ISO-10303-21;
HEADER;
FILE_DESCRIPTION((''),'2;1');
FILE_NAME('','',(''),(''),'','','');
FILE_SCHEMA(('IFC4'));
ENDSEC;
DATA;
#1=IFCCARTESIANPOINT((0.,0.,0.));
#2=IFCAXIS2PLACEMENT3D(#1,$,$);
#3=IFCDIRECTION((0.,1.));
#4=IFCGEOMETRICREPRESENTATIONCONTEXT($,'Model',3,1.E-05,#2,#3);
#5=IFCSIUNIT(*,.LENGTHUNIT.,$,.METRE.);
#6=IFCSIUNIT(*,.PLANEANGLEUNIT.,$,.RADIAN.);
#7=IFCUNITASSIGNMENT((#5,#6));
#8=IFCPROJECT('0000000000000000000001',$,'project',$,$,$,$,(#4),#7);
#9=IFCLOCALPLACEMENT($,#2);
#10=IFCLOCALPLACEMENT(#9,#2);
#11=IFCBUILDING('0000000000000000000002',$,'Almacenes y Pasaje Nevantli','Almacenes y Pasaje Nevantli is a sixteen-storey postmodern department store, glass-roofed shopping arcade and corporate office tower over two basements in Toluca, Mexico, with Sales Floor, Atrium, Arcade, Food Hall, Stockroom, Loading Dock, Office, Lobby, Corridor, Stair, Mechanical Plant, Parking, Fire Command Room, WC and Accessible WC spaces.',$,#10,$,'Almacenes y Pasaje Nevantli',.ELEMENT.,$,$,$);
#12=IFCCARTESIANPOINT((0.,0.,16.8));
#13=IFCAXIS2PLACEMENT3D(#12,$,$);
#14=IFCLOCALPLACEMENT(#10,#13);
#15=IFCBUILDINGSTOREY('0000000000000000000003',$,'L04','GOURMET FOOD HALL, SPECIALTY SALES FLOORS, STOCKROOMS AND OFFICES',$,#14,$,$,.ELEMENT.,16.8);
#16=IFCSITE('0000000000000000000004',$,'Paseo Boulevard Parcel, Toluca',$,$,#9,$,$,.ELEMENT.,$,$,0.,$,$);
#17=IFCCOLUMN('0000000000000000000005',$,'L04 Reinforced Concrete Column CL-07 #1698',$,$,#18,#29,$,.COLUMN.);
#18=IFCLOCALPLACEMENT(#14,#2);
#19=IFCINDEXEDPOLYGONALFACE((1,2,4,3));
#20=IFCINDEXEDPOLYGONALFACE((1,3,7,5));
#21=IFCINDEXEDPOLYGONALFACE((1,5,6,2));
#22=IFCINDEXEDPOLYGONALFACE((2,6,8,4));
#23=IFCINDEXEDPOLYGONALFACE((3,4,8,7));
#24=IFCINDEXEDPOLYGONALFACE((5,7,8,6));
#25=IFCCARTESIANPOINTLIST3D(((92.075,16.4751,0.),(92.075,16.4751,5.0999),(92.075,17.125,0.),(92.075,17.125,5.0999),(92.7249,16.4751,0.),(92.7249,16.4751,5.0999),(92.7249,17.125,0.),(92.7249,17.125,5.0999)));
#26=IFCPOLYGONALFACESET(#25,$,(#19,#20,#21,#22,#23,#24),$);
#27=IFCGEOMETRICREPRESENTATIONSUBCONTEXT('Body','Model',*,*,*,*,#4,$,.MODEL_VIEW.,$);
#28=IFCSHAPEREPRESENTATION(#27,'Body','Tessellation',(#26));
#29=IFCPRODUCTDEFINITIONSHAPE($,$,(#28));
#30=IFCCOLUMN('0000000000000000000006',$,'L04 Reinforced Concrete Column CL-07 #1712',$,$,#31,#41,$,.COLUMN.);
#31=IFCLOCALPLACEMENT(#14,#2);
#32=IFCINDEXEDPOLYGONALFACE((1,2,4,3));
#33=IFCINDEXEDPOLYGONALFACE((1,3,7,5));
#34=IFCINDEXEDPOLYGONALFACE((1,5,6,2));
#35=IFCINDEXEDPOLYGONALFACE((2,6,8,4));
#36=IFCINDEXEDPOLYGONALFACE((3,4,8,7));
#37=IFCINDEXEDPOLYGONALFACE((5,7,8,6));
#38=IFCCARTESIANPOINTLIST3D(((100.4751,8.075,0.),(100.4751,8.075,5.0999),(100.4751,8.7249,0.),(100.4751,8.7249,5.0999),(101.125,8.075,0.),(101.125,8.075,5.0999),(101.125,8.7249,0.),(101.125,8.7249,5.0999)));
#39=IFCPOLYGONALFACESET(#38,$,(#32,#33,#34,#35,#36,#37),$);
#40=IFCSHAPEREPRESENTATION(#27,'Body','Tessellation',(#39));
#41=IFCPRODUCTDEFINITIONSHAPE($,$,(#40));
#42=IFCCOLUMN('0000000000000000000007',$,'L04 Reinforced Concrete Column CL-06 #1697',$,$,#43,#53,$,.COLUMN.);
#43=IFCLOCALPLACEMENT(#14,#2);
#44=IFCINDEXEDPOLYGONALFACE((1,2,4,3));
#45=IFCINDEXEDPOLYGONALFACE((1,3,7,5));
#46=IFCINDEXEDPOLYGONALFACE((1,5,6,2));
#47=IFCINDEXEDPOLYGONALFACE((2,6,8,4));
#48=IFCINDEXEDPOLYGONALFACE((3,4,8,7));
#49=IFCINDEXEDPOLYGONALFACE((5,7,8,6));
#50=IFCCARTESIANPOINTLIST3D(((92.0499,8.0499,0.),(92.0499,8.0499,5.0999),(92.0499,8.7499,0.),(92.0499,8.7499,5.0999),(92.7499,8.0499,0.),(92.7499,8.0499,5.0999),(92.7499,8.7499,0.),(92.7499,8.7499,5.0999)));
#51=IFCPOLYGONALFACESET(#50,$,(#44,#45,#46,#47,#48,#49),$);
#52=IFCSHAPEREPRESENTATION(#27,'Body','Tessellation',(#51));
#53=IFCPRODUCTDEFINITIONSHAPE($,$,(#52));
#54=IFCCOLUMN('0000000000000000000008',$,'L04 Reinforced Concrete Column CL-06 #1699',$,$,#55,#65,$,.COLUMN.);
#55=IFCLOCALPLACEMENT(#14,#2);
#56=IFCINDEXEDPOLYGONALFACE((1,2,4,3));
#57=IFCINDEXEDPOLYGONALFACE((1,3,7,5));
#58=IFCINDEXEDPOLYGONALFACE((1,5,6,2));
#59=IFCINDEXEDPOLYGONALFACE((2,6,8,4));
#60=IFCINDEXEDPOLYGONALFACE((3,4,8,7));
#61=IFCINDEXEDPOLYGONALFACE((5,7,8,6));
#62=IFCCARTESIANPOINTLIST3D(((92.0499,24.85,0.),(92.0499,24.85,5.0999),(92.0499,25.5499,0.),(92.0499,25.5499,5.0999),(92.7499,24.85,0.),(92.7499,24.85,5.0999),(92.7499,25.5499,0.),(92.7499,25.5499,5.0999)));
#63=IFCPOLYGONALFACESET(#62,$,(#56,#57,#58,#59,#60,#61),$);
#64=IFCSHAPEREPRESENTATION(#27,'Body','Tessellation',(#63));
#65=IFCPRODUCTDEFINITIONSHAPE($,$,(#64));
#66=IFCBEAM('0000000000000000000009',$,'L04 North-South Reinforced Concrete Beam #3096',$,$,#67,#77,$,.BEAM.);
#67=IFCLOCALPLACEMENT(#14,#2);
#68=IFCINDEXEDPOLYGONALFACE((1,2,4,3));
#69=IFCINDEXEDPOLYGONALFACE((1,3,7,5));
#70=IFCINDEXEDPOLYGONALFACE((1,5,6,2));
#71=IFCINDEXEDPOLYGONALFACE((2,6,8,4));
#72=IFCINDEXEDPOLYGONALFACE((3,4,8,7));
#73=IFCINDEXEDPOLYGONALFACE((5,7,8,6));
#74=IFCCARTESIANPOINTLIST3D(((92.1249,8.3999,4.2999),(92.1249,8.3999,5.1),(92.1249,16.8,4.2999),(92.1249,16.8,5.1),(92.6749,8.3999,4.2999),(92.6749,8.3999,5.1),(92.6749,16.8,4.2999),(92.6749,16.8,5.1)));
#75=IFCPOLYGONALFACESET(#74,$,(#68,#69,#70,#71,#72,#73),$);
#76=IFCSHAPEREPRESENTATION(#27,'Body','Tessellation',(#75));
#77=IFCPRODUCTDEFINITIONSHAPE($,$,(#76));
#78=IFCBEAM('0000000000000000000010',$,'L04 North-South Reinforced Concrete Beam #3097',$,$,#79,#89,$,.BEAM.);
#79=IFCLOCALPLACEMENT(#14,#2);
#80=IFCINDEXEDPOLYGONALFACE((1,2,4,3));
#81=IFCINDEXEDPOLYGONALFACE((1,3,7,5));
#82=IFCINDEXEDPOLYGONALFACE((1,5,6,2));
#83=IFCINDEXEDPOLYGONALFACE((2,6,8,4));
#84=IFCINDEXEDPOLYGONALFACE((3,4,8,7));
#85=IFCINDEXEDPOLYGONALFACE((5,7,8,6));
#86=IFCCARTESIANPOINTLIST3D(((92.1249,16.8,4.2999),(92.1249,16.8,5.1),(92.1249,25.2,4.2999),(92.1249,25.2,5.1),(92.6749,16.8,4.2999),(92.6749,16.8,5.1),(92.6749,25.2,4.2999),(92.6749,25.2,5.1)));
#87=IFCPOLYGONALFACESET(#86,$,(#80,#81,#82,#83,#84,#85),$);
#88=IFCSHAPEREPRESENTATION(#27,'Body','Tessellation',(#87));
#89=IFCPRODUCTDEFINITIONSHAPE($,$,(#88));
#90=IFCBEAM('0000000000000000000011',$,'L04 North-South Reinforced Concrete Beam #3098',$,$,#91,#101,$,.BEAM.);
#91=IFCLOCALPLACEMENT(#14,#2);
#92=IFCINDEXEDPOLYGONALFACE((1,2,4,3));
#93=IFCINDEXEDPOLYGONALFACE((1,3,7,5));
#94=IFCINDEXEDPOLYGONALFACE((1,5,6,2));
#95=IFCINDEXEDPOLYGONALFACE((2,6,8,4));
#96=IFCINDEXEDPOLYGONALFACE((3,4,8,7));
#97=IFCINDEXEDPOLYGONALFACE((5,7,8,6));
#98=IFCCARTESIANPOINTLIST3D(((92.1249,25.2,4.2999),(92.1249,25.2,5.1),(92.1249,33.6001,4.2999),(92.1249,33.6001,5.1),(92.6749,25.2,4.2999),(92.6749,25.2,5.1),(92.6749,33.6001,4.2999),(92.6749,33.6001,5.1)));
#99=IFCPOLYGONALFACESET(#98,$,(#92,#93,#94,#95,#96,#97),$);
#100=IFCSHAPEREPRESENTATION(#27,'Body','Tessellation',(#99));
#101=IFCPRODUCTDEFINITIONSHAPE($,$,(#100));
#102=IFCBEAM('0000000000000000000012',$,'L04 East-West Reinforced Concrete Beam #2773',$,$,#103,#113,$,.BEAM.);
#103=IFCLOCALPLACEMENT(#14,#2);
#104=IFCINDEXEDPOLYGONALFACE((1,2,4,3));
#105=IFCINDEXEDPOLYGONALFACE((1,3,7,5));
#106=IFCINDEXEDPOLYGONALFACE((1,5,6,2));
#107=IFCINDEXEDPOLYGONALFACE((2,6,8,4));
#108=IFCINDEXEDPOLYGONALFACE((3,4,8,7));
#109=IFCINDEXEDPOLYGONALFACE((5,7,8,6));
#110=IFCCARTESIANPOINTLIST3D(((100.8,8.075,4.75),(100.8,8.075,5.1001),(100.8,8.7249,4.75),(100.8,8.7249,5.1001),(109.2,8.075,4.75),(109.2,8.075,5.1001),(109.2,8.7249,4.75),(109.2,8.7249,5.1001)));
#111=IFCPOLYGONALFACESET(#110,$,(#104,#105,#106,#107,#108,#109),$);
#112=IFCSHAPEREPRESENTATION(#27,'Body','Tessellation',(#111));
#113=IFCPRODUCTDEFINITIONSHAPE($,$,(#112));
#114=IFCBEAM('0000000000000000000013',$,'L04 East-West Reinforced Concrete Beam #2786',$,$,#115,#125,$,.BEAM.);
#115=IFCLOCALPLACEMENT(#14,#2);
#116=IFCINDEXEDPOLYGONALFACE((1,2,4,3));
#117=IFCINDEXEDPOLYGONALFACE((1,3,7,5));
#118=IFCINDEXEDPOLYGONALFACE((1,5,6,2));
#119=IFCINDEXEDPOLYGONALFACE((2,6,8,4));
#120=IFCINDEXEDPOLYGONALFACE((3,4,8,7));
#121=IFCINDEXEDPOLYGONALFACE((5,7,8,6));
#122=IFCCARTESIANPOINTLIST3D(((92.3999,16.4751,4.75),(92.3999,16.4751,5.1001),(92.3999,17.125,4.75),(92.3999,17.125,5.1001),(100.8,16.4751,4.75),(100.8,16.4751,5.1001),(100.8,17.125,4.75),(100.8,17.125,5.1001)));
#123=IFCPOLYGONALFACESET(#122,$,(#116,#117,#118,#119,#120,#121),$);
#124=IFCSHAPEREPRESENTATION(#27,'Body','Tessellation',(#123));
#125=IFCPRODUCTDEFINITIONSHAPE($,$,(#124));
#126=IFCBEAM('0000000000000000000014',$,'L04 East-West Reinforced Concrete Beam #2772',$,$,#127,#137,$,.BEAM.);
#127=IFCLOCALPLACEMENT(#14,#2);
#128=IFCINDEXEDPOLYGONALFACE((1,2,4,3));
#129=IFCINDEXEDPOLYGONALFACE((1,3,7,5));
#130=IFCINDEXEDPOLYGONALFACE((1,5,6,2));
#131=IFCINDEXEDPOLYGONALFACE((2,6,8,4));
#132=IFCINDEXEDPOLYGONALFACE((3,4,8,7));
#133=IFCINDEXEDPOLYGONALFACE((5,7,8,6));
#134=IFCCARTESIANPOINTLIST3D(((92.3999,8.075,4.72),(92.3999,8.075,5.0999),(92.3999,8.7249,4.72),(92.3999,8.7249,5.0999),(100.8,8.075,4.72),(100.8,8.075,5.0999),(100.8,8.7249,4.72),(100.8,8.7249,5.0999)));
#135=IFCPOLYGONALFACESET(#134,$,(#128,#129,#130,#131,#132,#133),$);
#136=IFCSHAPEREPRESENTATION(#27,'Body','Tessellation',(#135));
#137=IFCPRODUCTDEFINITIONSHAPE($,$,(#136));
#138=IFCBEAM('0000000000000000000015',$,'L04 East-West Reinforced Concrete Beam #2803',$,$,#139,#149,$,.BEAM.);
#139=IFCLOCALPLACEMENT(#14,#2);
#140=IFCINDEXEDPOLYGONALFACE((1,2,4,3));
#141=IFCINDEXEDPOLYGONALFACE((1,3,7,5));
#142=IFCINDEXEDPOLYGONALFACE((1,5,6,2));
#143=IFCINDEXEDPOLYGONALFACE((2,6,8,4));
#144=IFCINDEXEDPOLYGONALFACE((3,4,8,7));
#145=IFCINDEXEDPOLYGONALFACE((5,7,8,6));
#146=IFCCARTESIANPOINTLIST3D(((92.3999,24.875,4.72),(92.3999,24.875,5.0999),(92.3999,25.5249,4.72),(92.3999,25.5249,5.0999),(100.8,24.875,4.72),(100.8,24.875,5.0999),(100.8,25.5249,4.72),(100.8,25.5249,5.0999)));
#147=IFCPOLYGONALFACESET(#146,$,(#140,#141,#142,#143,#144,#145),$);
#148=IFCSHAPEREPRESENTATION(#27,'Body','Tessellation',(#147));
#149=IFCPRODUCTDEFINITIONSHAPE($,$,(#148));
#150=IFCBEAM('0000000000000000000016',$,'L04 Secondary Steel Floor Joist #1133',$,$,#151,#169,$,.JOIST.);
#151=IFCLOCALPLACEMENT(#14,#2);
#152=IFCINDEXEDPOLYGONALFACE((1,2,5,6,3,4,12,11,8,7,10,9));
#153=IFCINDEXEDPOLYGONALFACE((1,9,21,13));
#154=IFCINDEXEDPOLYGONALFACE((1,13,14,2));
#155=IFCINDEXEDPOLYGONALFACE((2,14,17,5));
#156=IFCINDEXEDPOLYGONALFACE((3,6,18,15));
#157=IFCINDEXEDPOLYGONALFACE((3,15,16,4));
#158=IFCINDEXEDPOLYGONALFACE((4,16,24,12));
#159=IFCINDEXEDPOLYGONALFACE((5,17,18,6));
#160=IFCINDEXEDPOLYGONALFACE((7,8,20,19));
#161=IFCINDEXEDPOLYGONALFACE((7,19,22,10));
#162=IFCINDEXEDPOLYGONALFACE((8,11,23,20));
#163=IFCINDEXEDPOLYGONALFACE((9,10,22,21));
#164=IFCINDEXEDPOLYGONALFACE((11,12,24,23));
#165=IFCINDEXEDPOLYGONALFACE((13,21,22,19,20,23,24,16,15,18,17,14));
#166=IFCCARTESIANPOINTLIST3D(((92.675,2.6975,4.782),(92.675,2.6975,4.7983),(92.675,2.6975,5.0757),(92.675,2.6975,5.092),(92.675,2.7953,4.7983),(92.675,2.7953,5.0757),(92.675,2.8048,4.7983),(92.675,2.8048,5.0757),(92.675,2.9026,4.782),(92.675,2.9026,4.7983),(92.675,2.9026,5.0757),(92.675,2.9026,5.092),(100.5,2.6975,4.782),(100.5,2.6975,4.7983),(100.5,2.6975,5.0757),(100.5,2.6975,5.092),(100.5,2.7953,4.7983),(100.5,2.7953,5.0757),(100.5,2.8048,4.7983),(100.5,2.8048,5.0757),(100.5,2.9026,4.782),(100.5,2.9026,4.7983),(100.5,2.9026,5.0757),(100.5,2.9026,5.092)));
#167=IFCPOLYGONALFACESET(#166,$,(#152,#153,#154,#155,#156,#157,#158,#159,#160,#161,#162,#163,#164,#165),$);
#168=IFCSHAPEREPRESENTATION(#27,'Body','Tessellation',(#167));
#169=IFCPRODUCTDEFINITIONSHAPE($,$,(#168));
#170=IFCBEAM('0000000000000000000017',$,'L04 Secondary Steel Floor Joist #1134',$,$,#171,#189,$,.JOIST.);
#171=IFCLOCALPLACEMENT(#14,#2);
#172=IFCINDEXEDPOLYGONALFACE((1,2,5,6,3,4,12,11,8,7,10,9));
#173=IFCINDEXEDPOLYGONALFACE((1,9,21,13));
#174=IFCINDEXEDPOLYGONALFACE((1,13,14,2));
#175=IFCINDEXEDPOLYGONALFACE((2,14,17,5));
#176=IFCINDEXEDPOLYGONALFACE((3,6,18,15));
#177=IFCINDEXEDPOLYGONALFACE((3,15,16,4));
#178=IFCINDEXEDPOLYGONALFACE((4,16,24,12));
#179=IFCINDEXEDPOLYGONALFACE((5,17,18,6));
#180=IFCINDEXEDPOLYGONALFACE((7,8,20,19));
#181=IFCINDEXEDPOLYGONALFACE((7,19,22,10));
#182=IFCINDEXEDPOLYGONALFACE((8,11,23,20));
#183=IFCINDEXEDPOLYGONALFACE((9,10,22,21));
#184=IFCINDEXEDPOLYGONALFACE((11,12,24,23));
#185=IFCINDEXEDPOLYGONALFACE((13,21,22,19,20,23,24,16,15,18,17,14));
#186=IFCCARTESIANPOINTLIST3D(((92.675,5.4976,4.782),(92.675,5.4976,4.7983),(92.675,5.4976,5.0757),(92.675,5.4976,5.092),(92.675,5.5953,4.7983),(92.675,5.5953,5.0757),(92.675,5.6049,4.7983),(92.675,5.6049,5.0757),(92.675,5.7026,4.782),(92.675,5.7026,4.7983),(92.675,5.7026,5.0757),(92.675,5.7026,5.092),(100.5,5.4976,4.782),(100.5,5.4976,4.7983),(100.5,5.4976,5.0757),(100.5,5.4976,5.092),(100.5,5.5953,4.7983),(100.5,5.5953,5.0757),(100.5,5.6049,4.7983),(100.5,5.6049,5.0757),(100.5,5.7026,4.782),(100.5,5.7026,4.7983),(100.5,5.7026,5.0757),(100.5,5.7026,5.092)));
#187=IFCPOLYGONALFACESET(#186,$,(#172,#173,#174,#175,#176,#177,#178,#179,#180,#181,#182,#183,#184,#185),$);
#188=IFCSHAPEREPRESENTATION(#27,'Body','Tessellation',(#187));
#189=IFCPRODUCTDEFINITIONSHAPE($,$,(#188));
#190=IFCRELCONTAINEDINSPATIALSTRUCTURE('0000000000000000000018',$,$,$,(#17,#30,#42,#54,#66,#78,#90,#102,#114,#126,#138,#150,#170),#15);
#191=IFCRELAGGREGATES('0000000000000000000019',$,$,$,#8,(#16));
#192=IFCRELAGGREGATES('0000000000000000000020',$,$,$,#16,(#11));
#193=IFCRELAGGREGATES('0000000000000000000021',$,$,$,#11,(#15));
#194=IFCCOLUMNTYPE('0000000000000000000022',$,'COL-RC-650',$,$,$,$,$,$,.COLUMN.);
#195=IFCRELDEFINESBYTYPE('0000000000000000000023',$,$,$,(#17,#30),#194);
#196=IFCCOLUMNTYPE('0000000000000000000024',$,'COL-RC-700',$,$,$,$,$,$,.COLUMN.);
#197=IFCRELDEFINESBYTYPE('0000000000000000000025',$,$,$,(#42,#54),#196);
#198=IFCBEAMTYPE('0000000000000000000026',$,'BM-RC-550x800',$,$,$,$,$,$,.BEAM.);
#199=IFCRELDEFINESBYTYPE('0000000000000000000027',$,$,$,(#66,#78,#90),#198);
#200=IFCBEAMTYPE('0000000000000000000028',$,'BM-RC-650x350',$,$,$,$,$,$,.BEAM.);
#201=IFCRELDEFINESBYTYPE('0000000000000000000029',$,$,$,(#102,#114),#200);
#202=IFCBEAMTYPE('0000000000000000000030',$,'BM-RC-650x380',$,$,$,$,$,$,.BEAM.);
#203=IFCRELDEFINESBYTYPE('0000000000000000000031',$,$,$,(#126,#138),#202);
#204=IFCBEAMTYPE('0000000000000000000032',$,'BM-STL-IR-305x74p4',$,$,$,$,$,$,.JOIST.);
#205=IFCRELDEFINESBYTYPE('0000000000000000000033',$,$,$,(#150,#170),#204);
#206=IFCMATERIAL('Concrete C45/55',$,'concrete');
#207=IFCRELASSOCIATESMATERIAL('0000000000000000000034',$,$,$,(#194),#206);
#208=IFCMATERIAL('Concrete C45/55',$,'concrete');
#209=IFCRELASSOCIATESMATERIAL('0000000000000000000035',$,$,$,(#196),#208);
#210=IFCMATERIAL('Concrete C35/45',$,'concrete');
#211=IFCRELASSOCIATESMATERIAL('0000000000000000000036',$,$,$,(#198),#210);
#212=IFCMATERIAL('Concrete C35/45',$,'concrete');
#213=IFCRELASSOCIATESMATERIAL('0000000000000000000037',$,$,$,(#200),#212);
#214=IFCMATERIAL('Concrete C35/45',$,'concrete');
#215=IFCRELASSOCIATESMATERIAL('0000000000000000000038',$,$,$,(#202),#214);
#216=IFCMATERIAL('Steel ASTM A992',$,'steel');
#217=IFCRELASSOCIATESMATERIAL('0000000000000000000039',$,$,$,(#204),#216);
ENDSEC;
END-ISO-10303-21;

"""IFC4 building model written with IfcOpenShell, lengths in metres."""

from ifc_helpers import new_model, si_unit, direction, frame, origin, origin_2d, place, context, subcontext, project, spatial, rectangle, i_section, extrude, material, material_profile, profile_set, type_object, element, save


model = new_model("IFC4")

# Units and contexts
model_context = context("Model", 3, precision=1e-05, world=origin(), true_north=direction((0.0, 1.0)))
body_context = subcontext(model_context, "Body", "Model", "MODEL_VIEW")
ifc_project = project(units=[si_unit("LENGTHUNIT", "METRE"), si_unit("PLANEANGLEUNIT", "RADIAN")], contexts=[model_context])

# Site, building, storey
site_placement = place(None, origin())
site = spatial("IfcSite", under=ifc_project, at=site_placement, Name="Paseo Boulevard Parcel, Toluca", CompositionType="ELEMENT", RefElevation=0.0)
building_placement = place(site_placement, origin())
building = spatial("IfcBuilding", under=site, at=building_placement, Name="Almacenes y Pasaje Nevantli", Description="Almacenes y Pasaje Nevantli is a sixteen-storey postmodern department store, glass-roofed shopping arcade and corporate office tower over two basements in Toluca, Mexico, with Sales Floor, Atrium, Arcade, Food Hall, Stockroom, Loading Dock, Office, Lobby, Corridor, Stair, Mechanical Plant, Parking, Fire Command Room, WC and Accessible WC spaces.", LongName="Almacenes y Pasaje Nevantli", CompositionType="ELEMENT")
storey_placement = place(building_placement, frame((0.0, 0.0, 16.8)))
storey = spatial("IfcBuildingStorey", under=building, at=storey_placement, Name="L04", Description="GOURMET FOOD HALL, SPECIALTY SALES FLOORS, STOCKROOMS AND OFFICES", CompositionType="ELEMENT", Elevation=16.8)

# Columns
ifc_material_1 = material(Name="Concrete C45/55", Category="concrete")
ifc_material_profile_1 = material_profile(ifc_material_1, rectangle(XDim=0.6499, YDim=0.6499, at=origin_2d()), Name="RC-COL-650x650")
ifc_profile_set_1 = profile_set([ifc_material_profile_1], Name="Concrete C45/55")
column_type_1 = type_object("IfcColumnType", Name="COL-RC-650", PredefinedType="COLUMN", material=ifc_profile_set_1)
for number, where, z_axis, x_axis, name in (
    (1, (92.3999, 16.8, 0.0), (0.0, 0.0, 1.0), (1.0, 0.0, 0.0), "L04 Reinforced Concrete Column CL-07 #1698"),
    (2, (100.8, 8.3999, 0.0), (0.0, 0.0, 1.0), (1.0, 0.0, 0.0), "L04 Reinforced Concrete Column CL-07 #1712"),
):
    element("IfcColumn", number, at=place(storey_placement, frame(where, z_axis=z_axis, x_axis=x_axis)), inside=storey, type_object=column_type_1, Name=name, PredefinedType="COLUMN", context=body_context, shape_type="SweptSolid", body=[
        extrude(rectangle(XDim=0.6499, YDim=0.6499, at=origin_2d()), origin(), (0.0, 0.0, 1.0), 5.0999),
    ])
ifc_material_2 = material(Name="Concrete C45/55", Category="concrete")
ifc_material_profile_2 = material_profile(ifc_material_2, rectangle(XDim=0.7, YDim=0.7, at=origin_2d()), Name="RC-COL-700x700")
ifc_profile_set_2 = profile_set([ifc_material_profile_2], Name="Concrete C45/55")
column_type_2 = type_object("IfcColumnType", Name="COL-RC-700", PredefinedType="COLUMN", material=ifc_profile_set_2)
for number, where, z_axis, x_axis, name in (
    (3, (92.3999, 8.3999, 0.0), (0.0, 0.0, 1.0), (1.0, 0.0, 0.0), "L04 Reinforced Concrete Column CL-06 #1697"),
    (4, (92.3999, 25.2, 0.0), (0.0, 0.0, 1.0), (1.0, 0.0, 0.0), "L04 Reinforced Concrete Column CL-06 #1699"),
):
    element("IfcColumn", number, at=place(storey_placement, frame(where, z_axis=z_axis, x_axis=x_axis)), inside=storey, type_object=column_type_2, Name=name, PredefinedType="COLUMN", context=body_context, shape_type="SweptSolid", body=[
        extrude(rectangle(XDim=0.7, YDim=0.7, at=origin_2d()), origin(), (0.0, 0.0, 1.0), 5.0999),
    ])

# Beams
ifc_material_3 = material(Name="Concrete C35/45", Category="concrete")
ifc_material_profile_3 = material_profile(ifc_material_3, rectangle(XDim=0.55, YDim=0.8, at=origin_2d()), Name="RC-BM-550x800")
ifc_profile_set_3 = profile_set([ifc_material_profile_3], Name="Concrete C35/45")
beam_type_1 = type_object("IfcBeamType", Name="BM-RC-550x800", PredefinedType="BEAM", material=ifc_profile_set_3)
beam_1_placement = place(storey_placement, frame((92.3999, 8.3999, 4.7), z_axis=(0.0, 1.0, 0.0), x_axis=(-1.0, 0.0, 0.0)))
element("IfcBeam", 5, at=beam_1_placement, inside=storey, type_object=beam_type_1, Name="L04 North-South Reinforced Concrete Beam #3096", PredefinedType="BEAM", context=body_context, shape_type="SweptSolid", body=[
    extrude(rectangle(XDim=0.55, YDim=0.8, at=origin_2d()), origin(), (0.0, 0.0, 1.0), 8.4001),
])
beam_2_placement = place(storey_placement, frame((92.3999, 16.8, 4.7), z_axis=(0.0, 1.0, 0.0), x_axis=(-1.0, 0.0, 0.0)))
element("IfcBeam", 6, at=beam_2_placement, inside=storey, type_object=beam_type_1, Name="L04 North-South Reinforced Concrete Beam #3097", PredefinedType="BEAM", context=body_context, shape_type="SweptSolid", body=[
    extrude(rectangle(XDim=0.55, YDim=0.8, at=origin_2d()), origin(), (0.0, 0.0, 1.0), 8.3999),
])
beam_3_placement = place(storey_placement, frame((92.3999, 25.2, 4.7), z_axis=(0.0, 1.0, 0.0), x_axis=(-1.0, 0.0, 0.0)))
element("IfcBeam", 7, at=beam_3_placement, inside=storey, type_object=beam_type_1, Name="L04 North-South Reinforced Concrete Beam #3098", PredefinedType="BEAM", context=body_context, shape_type="SweptSolid", body=[
    extrude(rectangle(XDim=0.55, YDim=0.8, at=origin_2d()), origin(), (0.0, 0.0, 1.0), 8.4001),
])
ifc_material_4 = material(Name="Concrete C35/45", Category="concrete")
ifc_material_profile_4 = material_profile(ifc_material_4, rectangle(XDim=0.6499, YDim=0.3501, at=origin_2d()), Name="RC-BM-650x350")
ifc_profile_set_4 = profile_set([ifc_material_profile_4], Name="Concrete C35/45")
beam_type_2 = type_object("IfcBeamType", Name="BM-RC-650x350", PredefinedType="BEAM", material=ifc_profile_set_4)
beam_4_placement = place(storey_placement, frame((100.8, 8.3999, 4.925), z_axis=(1.0, 0.0, 0.0), x_axis=(0.0, 1.0, 0.0)))
element("IfcBeam", 8, at=beam_4_placement, inside=storey, type_object=beam_type_2, Name="L04 East-West Reinforced Concrete Beam #2773", PredefinedType="BEAM", context=body_context, shape_type="SweptSolid", body=[
    extrude(rectangle(XDim=0.6499, YDim=0.3501, at=origin_2d()), origin(), (0.0, 0.0, 1.0), 8.3999),
])
beam_5_placement = place(storey_placement, frame((92.3999, 16.8, 4.925), z_axis=(1.0, 0.0, 0.0), x_axis=(0.0, 1.0, 0.0)))
element("IfcBeam", 9, at=beam_5_placement, inside=storey, type_object=beam_type_2, Name="L04 East-West Reinforced Concrete Beam #2786", PredefinedType="BEAM", context=body_context, shape_type="SweptSolid", body=[
    extrude(rectangle(XDim=0.6499, YDim=0.3501, at=origin_2d()), origin(), (0.0, 0.0, 1.0), 8.4001),
])
ifc_material_5 = material(Name="Concrete C35/45", Category="concrete")
ifc_material_profile_5 = material_profile(ifc_material_5, rectangle(XDim=0.6499, YDim=0.3799, at=origin_2d()), Name="RC-BM-650x380")
ifc_profile_set_5 = profile_set([ifc_material_profile_5], Name="Concrete C35/45")
beam_type_3 = type_object("IfcBeamType", Name="BM-RC-650x380", PredefinedType="BEAM", material=ifc_profile_set_5)
for number, where, z_axis, x_axis, name in (
    (10, (92.3999, 8.3999, 4.9099), (1.0, 0.0, 0.0), (0.0, 1.0, 0.0), "L04 East-West Reinforced Concrete Beam #2772"),
    (11, (92.3999, 25.2, 4.9099), (1.0, 0.0, 0.0), (0.0, 1.0, 0.0), "L04 East-West Reinforced Concrete Beam #2803"),
):
    element("IfcBeam", number, at=place(storey_placement, frame(where, z_axis=z_axis, x_axis=x_axis)), inside=storey, type_object=beam_type_3, Name=name, PredefinedType="BEAM", context=body_context, shape_type="SweptSolid", body=[
        extrude(rectangle(XDim=0.6499, YDim=0.3799, at=origin_2d()), origin(), (0.0, 0.0, 1.0), 8.4001),
    ])
ifc_material_6 = material(Name="Steel ASTM A992", Category="steel")
ifc_material_profile_6 = material_profile(ifc_material_6, i_section(OverallWidth=0.2051, OverallDepth=0.3101, WebThickness=0.0095, FlangeThickness=0.0164, at=origin_2d()), Name="IR 305x74.4")
ifc_profile_set_6 = profile_set([ifc_material_profile_6], Name="Steel ASTM A992")
beam_type_4 = type_object("IfcBeamType", Name="BM-STL-IR-305x74p4", PredefinedType="JOIST", material=ifc_profile_set_6)
for number, where, z_axis, x_axis, name in (
    (12, (92.675, 2.8, 4.937), (1.0, 0.0, 0.0), (0.0, 1.0, 0.0), "L04 Secondary Steel Floor Joist #1133"),
    (13, (92.675, 5.6001, 4.937), (1.0, 0.0, 0.0), (0.0, 1.0, 0.0), "L04 Secondary Steel Floor Joist #1134"),
):
    element("IfcBeam", number, at=place(storey_placement, frame(where, z_axis=z_axis, x_axis=x_axis)), inside=storey, type_object=beam_type_4, Name=name, PredefinedType="JOIST", context=body_context, shape_type="SweptSolid", body=[
        extrude(i_section(OverallWidth=0.2051, OverallDepth=0.3101, WebThickness=0.0095, FlangeThickness=0.0164, at=origin_2d()), origin(), (0.0, 0.0, 1.0), 7.825),
    ])

save(model, "model.ifc")
